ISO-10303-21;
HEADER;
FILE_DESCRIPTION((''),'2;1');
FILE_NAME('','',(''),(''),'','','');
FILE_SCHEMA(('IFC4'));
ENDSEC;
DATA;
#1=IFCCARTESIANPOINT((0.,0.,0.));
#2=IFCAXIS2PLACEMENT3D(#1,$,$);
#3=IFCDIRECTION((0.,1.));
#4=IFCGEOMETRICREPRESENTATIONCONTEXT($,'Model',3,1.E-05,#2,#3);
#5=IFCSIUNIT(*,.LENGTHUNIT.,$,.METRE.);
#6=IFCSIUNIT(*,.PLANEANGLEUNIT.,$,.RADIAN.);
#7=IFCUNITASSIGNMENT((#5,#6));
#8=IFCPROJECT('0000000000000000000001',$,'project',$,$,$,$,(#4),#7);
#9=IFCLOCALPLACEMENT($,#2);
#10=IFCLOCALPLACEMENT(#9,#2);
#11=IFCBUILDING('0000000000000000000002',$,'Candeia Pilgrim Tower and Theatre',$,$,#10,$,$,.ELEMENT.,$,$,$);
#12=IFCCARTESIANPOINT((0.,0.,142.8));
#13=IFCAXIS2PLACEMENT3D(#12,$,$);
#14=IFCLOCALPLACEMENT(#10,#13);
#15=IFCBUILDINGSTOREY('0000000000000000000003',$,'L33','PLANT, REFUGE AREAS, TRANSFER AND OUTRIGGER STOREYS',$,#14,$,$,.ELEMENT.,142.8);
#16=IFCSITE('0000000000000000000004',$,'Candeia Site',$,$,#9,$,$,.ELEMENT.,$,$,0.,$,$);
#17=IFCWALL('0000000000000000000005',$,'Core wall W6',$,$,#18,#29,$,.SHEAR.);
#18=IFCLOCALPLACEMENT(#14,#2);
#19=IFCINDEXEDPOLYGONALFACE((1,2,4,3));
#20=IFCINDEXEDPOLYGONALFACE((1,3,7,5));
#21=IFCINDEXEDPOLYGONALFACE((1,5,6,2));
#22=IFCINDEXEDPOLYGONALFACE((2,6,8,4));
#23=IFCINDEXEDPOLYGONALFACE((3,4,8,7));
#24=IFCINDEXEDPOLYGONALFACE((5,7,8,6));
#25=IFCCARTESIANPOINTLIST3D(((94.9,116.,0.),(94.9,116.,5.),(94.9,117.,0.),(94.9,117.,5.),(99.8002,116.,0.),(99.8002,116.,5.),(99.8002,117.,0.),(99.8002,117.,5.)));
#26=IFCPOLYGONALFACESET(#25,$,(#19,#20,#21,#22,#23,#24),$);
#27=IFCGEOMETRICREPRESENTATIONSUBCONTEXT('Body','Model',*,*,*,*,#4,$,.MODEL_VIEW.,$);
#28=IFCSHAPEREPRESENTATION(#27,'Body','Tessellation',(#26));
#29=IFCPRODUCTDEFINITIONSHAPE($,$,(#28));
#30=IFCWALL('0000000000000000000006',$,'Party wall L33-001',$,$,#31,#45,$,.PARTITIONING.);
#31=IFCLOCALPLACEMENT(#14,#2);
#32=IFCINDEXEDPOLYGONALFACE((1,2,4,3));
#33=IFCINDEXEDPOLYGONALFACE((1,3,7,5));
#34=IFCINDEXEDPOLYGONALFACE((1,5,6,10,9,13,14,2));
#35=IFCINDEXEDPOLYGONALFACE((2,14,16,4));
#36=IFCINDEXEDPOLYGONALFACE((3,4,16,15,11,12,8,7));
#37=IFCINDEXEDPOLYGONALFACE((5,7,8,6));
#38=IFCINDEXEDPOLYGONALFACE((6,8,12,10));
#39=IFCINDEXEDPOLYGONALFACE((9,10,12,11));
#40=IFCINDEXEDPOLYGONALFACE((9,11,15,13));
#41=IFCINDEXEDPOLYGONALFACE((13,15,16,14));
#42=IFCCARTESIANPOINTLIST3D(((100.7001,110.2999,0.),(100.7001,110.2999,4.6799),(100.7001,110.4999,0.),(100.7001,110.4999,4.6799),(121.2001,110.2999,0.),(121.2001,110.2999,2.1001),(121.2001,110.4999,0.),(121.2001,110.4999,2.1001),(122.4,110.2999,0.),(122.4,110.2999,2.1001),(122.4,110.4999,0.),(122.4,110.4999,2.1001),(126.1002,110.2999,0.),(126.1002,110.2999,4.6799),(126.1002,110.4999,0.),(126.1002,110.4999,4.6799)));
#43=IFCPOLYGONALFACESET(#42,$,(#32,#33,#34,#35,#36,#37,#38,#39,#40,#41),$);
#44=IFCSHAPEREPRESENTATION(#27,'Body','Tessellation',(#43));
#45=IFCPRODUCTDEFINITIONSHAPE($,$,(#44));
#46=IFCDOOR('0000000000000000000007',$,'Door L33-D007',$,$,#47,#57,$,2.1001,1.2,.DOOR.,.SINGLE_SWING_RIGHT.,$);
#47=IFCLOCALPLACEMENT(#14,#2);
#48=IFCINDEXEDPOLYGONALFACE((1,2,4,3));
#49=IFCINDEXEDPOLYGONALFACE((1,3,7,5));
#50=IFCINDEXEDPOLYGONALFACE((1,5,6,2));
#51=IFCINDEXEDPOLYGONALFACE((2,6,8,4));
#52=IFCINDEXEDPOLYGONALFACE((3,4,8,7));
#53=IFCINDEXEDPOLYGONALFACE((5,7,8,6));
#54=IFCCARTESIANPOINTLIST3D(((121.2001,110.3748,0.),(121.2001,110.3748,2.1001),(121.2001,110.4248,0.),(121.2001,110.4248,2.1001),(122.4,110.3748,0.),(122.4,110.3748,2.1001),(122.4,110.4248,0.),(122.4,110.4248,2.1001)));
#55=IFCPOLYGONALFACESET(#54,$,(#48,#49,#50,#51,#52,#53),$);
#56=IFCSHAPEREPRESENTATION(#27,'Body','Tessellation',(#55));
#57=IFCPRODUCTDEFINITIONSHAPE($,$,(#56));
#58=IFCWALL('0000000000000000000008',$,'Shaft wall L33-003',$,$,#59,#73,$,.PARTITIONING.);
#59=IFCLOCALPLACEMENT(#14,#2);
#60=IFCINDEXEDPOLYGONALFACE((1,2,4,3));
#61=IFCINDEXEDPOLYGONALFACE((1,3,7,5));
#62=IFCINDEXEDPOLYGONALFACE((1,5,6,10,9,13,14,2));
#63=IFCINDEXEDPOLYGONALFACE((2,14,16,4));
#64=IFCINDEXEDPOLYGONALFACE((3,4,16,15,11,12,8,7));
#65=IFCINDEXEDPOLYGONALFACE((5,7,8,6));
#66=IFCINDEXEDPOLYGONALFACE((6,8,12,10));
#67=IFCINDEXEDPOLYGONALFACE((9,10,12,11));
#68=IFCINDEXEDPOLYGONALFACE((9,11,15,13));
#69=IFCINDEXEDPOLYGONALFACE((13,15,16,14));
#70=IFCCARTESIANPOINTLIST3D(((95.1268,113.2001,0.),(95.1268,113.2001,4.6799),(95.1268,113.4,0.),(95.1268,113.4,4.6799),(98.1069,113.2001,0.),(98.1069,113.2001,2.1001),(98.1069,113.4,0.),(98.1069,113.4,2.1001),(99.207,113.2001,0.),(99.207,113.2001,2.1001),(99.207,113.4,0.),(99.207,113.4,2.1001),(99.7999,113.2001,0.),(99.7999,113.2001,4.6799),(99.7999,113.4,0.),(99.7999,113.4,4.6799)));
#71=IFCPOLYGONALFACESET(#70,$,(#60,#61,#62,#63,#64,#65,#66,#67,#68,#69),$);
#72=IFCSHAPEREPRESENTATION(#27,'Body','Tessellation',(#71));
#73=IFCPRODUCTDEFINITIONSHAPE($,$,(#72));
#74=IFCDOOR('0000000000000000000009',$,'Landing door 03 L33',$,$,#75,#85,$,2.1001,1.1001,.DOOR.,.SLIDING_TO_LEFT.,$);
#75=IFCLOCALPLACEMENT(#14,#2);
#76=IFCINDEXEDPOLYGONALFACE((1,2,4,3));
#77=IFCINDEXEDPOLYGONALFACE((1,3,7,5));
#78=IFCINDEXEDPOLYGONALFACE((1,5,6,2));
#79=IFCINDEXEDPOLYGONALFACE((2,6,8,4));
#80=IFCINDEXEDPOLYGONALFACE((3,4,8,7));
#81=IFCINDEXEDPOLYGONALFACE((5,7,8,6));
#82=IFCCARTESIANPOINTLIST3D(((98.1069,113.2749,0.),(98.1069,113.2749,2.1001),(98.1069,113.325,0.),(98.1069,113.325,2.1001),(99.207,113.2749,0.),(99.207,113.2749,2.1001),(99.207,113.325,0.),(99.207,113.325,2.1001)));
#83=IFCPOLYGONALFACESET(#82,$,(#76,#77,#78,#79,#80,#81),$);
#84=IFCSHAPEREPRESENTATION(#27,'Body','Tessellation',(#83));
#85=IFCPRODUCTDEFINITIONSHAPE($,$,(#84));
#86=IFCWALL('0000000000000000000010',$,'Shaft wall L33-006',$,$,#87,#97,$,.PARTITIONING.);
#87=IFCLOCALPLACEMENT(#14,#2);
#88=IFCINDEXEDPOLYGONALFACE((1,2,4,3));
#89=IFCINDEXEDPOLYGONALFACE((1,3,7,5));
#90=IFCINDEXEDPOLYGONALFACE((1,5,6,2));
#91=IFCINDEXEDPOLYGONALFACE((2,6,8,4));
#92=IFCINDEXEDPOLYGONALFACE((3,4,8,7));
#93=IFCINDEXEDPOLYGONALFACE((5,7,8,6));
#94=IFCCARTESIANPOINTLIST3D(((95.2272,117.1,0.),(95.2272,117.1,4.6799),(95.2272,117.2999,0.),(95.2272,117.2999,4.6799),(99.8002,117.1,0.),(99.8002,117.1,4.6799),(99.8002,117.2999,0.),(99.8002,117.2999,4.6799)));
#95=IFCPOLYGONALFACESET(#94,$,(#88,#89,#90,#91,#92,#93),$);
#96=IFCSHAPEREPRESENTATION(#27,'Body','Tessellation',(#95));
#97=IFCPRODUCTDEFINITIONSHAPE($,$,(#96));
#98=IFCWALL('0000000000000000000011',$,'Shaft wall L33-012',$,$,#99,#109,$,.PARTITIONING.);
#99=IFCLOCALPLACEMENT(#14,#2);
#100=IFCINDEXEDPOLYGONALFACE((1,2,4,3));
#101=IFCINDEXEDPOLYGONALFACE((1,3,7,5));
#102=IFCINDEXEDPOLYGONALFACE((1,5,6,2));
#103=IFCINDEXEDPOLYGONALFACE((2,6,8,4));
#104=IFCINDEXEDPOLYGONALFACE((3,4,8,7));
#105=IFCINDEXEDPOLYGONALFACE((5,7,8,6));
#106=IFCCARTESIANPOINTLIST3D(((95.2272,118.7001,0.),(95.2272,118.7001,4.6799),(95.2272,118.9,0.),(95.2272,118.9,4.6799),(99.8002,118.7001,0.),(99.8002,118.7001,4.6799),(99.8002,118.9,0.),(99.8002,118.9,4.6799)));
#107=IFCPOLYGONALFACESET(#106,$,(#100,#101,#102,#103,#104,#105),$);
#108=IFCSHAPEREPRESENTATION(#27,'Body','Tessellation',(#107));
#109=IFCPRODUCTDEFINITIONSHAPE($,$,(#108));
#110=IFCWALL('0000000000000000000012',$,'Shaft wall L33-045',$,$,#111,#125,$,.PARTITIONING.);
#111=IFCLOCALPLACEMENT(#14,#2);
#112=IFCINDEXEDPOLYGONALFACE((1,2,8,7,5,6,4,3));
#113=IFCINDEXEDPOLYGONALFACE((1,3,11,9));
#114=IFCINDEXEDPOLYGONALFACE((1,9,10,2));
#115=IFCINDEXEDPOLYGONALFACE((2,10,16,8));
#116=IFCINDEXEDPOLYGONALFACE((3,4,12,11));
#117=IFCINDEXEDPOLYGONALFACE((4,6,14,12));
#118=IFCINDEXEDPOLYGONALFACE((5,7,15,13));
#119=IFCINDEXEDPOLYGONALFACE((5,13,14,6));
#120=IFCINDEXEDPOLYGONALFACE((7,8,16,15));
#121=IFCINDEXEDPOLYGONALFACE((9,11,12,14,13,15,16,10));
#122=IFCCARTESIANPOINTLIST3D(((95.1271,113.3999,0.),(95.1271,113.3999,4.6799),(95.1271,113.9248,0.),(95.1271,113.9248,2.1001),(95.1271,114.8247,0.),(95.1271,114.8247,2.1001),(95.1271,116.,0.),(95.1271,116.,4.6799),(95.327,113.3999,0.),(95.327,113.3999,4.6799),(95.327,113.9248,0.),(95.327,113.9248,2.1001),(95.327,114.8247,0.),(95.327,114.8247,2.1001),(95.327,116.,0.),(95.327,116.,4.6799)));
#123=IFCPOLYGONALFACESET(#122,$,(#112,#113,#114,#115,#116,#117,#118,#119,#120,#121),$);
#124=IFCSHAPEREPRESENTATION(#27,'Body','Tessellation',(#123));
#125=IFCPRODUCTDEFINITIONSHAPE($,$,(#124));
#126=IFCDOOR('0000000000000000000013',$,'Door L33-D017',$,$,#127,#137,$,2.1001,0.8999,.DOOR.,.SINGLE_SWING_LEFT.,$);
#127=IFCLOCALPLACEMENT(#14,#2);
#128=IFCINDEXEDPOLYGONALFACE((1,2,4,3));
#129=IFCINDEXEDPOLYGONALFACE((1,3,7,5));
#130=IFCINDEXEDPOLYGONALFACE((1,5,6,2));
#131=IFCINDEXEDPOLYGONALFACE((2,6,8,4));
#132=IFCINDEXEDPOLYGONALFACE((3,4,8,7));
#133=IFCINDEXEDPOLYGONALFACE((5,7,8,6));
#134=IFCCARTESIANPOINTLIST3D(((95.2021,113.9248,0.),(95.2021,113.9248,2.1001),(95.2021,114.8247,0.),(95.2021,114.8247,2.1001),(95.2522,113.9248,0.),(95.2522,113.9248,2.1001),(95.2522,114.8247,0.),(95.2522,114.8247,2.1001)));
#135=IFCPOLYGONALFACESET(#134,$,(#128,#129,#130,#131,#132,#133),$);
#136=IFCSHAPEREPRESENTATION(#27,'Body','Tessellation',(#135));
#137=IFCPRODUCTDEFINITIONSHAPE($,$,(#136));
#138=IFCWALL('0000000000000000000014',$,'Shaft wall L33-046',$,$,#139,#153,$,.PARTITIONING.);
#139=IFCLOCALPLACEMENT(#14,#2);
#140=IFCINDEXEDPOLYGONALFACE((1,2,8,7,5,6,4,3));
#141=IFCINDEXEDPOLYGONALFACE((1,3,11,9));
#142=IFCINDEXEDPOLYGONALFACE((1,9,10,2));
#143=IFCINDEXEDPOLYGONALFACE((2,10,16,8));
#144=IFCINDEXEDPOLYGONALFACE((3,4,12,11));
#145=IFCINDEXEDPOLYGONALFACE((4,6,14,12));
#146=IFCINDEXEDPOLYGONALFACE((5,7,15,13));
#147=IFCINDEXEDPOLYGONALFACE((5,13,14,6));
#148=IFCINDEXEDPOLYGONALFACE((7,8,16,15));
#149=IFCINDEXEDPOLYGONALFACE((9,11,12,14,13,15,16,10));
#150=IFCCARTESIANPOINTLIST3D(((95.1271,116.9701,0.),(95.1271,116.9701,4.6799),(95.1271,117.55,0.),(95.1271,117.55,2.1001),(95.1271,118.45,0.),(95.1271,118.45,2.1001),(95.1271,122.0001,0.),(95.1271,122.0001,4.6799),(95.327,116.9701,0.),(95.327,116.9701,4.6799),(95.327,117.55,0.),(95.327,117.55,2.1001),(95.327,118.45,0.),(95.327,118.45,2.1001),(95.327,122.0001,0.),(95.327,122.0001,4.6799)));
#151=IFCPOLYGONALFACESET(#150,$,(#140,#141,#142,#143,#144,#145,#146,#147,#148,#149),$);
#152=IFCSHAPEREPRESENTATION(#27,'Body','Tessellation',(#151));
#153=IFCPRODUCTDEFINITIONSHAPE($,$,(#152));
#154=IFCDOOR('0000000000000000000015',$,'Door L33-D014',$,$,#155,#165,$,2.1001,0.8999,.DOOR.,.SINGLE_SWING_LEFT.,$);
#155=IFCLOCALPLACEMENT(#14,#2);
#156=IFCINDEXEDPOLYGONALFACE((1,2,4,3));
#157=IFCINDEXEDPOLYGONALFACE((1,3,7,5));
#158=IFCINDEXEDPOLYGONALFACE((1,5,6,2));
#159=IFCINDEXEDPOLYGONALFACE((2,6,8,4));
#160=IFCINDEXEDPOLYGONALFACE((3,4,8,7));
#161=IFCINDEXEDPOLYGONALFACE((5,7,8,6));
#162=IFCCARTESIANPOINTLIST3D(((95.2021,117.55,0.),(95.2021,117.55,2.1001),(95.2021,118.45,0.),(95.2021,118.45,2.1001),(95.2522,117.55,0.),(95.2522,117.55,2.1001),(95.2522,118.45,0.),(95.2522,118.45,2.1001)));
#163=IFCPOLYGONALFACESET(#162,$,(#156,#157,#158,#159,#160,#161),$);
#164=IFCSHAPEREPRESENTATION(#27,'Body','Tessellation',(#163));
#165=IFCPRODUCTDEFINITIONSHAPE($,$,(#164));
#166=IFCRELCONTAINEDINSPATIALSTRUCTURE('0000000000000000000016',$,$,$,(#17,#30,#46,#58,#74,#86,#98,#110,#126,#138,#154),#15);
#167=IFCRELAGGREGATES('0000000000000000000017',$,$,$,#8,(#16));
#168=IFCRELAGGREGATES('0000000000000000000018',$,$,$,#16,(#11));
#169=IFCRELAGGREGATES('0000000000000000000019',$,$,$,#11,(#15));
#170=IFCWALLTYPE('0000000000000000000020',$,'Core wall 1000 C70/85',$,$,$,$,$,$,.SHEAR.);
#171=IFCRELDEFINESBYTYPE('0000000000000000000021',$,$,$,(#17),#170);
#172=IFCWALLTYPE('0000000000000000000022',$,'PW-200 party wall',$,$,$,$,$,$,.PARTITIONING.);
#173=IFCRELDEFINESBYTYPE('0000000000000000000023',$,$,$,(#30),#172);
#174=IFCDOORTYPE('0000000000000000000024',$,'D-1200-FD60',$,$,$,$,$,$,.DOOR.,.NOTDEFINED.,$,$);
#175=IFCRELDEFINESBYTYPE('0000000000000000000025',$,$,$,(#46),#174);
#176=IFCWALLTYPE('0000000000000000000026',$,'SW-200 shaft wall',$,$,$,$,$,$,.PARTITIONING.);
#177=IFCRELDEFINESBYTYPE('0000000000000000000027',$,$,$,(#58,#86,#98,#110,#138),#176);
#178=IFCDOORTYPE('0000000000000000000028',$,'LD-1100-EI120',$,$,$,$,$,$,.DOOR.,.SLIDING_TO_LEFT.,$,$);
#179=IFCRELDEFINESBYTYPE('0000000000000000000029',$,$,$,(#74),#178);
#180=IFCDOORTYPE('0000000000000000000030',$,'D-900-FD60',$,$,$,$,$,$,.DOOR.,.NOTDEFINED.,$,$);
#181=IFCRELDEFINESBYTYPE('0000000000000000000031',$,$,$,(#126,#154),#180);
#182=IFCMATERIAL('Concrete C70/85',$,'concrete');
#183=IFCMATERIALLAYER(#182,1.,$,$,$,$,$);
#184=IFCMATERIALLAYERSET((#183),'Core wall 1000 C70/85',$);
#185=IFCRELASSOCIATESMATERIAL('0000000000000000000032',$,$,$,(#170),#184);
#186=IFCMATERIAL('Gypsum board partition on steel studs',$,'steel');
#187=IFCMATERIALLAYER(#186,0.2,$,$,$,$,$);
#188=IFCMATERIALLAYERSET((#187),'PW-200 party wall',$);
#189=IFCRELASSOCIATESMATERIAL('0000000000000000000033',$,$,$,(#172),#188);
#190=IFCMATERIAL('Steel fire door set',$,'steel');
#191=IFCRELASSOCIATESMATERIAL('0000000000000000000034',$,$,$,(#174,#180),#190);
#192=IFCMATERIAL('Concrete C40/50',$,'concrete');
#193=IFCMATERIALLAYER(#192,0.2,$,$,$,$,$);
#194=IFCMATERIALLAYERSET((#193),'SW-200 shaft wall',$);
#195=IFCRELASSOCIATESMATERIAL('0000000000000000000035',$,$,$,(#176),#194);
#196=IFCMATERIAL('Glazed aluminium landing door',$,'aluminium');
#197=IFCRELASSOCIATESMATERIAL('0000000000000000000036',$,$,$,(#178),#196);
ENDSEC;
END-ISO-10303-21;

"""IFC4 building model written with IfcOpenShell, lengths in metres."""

from ifc_helpers import new_model, si_unit, direction, frame, frame_2d, origin, place, context, subcontext, project, spatial, rectangle, extrude, material, layer, layer_set, type_object, element, fill, save


model = new_model("IFC4")

# Units and contexts
model_context = context("Model", 3, precision=1e-05, world=origin(), true_north=direction((0.0, 1.0)))
body_context = subcontext(model_context, "Body", "Model", "MODEL_VIEW")
ifc_project = project(units=[si_unit("LENGTHUNIT", "METRE"), si_unit("PLANEANGLEUNIT", "RADIAN")], contexts=[model_context])

# Site, building, storey
site_placement = place(None, origin())
site = spatial("IfcSite", under=ifc_project, at=site_placement, Name="Candeia Site", CompositionType="ELEMENT", RefElevation=0.0)
building_placement = place(site_placement, origin())
building = spatial("IfcBuilding", under=site, at=building_placement, Name="Candeia Pilgrim Tower and Theatre", CompositionType="ELEMENT")
storey_placement = place(building_placement, frame((0.0, 0.0, 142.8)))
storey = spatial("IfcBuildingStorey", under=building, at=storey_placement, Name="L33", Description="PLANT, REFUGE AREAS, TRANSFER AND OUTRIGGER STOREYS", CompositionType="ELEMENT", Elevation=142.8)

# Shared definitions
ifc_material_1 = material(Name="Concrete C70/85", Category="concrete")

# Shared definitions
ifc_layer_1 = layer(ifc_material_1, 1.0)
ifc_layer_set_1 = layer_set([ifc_layer_1], Name="Core wall 1000 C70/85")
wall_type_1 = type_object("IfcWallType", Name="Core wall 1000 C70/85", PredefinedType="SHEAR", material=ifc_layer_set_1)
ifc_material_2 = material(Name="Steel fire door set", Category="steel")

# Wall
wall_1_placement = place(storey_placement, frame((94.8999, 116.5, 0.0), z_axis=(0.0, 0.0, 1.0), x_axis=(1.0, 0.0, 0.0)))
element("IfcWall", 1, at=wall_1_placement, inside=storey, type_object=wall_type_1, Name="Core wall W6", PredefinedType="SHEAR", context=body_context, shape_type="SweptSolid", body=[
    extrude(rectangle(XDim=4.9001, YDim=1.0, at=frame_2d((2.4502, 0.0))), origin(), (0.0, 0.0, 1.0), 5.0),
])

# Walls, openings, doors
ifc_material_3 = material(Name="Gypsum board partition on steel studs", Category="steel")
ifc_layer_2 = layer(ifc_material_3, 0.2)
ifc_layer_set_2 = layer_set([ifc_layer_2], Name="PW-200 party wall")
wall_type_2 = type_object("IfcWallType", Name="PW-200 party wall", PredefinedType="PARTITIONING", material=ifc_layer_set_2)
wall_2_placement = place(storey_placement, frame((100.7, 110.3999, 0.0), z_axis=(0.0, 0.0, 1.0), x_axis=(1.0, 0.0, 0.0)))
wall_2 = element("IfcWall", 2, at=wall_2_placement, inside=storey, type_object=wall_type_2, Name="Party wall L33-001", PredefinedType="PARTITIONING", context=body_context, shape_type="SweptSolid", body=[
    extrude(rectangle(XDim=25.4001, YDim=0.2, at=frame_2d((12.7002, 0.0))), origin(), (0.0, 0.0, 1.0), 4.6799),
])
opening_1_placement = place(wall_2_placement, frame((20.5, 0.0, 0.0)))
opening_1 = element("IfcOpeningElement", 3, at=opening_1_placement, cuts=wall_2, PredefinedType="OPENING", context=body_context, shape_type="SweptSolid", body=[
    extrude(rectangle(XDim=1.2, YDim=2.1001, at=frame_2d((0.6001, 1.05))), frame((0.0, 0.1099, 0.0), z_axis=(0.0, -1.0, 0.0), x_axis=(1.0, 0.0, 0.0)), (0.0, 0.0, 1.0), 0.22),
])
door_type_1 = type_object("IfcDoorType", Name="D-1200-FD60", OperationType="NOTDEFINED", PredefinedType="DOOR", material=ifc_material_2)
door_1_placement = place(opening_1_placement, origin())
door_1 = element("IfcDoor", 4, at=door_1_placement, inside=storey, type_object=door_type_1, Name="Door L33-D007", OperationType="SINGLE_SWING_RIGHT", OverallHeight=2.1001, OverallWidth=1.2, PredefinedType="DOOR", context=body_context, shape_type="SweptSolid", body=[
    extrude(rectangle(XDim=1.2, YDim=2.1001, at=frame_2d((0.6001, 1.05))), frame((0.0, 0.0249, 0.0), z_axis=(0.0, -1.0, 0.0), x_axis=(1.0, 0.0, 0.0)), (0.0, 0.0, 1.0), 0.05),
])
fill(opening_1, door_1)
ifc_material_4 = material(Name="Concrete C40/50", Category="concrete")
ifc_layer_3 = layer(ifc_material_4, 0.2)
ifc_layer_set_3 = layer_set([ifc_layer_3], Name="SW-200 shaft wall")
wall_type_3 = type_object("IfcWallType", Name="SW-200 shaft wall", PredefinedType="PARTITIONING", material=ifc_layer_set_3)
wall_3_placement = place(storey_placement, frame((95.127, 113.3, 0.0), z_axis=(0.0, 0.0, 1.0), x_axis=(1.0, 0.0, 0.0)))
wall_3 = element("IfcWall", 5, at=wall_3_placement, inside=storey, type_object=wall_type_3, Name="Shaft wall L33-003", PredefinedType="PARTITIONING", context=body_context, shape_type="SweptSolid", body=[
    extrude(rectangle(XDim=4.6731, YDim=0.2, at=frame_2d((2.3364, 0.0))), origin(), (0.0, 0.0, 1.0), 4.6799),
])
opening_2_placement = place(wall_3_placement, frame((2.98, 0.0, 0.0)))
opening_2 = element("IfcOpeningElement", 6, at=opening_2_placement, cuts=wall_3, PredefinedType="OPENING", context=body_context, shape_type="SweptSolid", body=[
    extrude(rectangle(XDim=1.1001, YDim=2.1001, at=frame_2d((0.55, 1.05))), frame((0.0, 0.1099, 0.0), z_axis=(0.0, -1.0, 0.0), x_axis=(1.0, 0.0, 0.0)), (0.0, 0.0, 1.0), 0.22),
])
ifc_material_5 = material(Name="Glazed aluminium landing door", Category="aluminium")
door_type_2 = type_object("IfcDoorType", Name="LD-1100-EI120", OperationType="SLIDING_TO_LEFT", PredefinedType="DOOR", material=ifc_material_5)
door_2_placement = place(opening_2_placement, origin())
door_2 = element("IfcDoor", 7, at=door_2_placement, inside=storey, type_object=door_type_2, Name="Landing door 03 L33", OperationType="SLIDING_TO_LEFT", OverallHeight=2.1001, OverallWidth=1.1001, PredefinedType="DOOR", context=body_context, shape_type="SweptSolid", body=[
    extrude(rectangle(XDim=1.1001, YDim=2.1001, at=frame_2d((0.55, 1.05))), frame((0.0, 0.0249, 0.0), z_axis=(0.0, -1.0, 0.0), x_axis=(1.0, 0.0, 0.0)), (0.0, 0.0, 1.0), 0.05),
])
fill(opening_2, door_2)

# Walls
for number, where, z_axis, x_axis, name in (
    (8, (95.2271, 117.2, 0.0), (0.0, 0.0, 1.0), (1.0, 0.0, 0.0), "Shaft wall L33-006"),
    (9, (95.2271, 118.8, 0.0), (0.0, 0.0, 1.0), (1.0, 0.0, 0.0), "Shaft wall L33-012"),
):
    element("IfcWall", number, at=place(storey_placement, frame(where, z_axis=z_axis, x_axis=x_axis)), inside=storey, type_object=wall_type_3, Name=name, PredefinedType="PARTITIONING", context=body_context, shape_type="SweptSolid", body=[
        extrude(rectangle(XDim=4.573, YDim=0.2, at=frame_2d((2.2866, 0.0))), origin(), (0.0, 0.0, 1.0), 4.6799),
    ])

# Walls, openings, doors
wall_4_placement = place(storey_placement, frame((95.2271, 113.3999, 0.0), z_axis=(0.0, 0.0, 1.0), x_axis=(0.0, 1.0, 0.0)))
wall_4 = element("IfcWall", 10, at=wall_4_placement, inside=storey, type_object=wall_type_3, Name="Shaft wall L33-045", PredefinedType="PARTITIONING", context=body_context, shape_type="SweptSolid", body=[
    extrude(rectangle(XDim=2.6001, YDim=0.2, at=frame_2d((1.3, 0.0))), origin(), (0.0, 0.0, 1.0), 4.6799),
])
opening_3_placement = place(wall_4_placement, frame((0.5249, 0.0, 0.0)))
opening_3 = element("IfcOpeningElement", 11, at=opening_3_placement, cuts=wall_4, PredefinedType="OPENING", context=body_context, shape_type="SweptSolid", body=[
    extrude(rectangle(XDim=0.8999, YDim=2.1001, at=frame_2d((0.45, 1.05))), frame((0.0, 0.1099, 0.0), z_axis=(0.0, -1.0, 0.0), x_axis=(1.0, 0.0, 0.0)), (0.0, 0.0, 1.0), 0.22),
])
door_type_3 = type_object("IfcDoorType", Name="D-900-FD60", OperationType="NOTDEFINED", PredefinedType="DOOR", material=ifc_material_2)
door_3_placement = place(opening_3_placement, origin())
door_3 = element("IfcDoor", 12, at=door_3_placement, inside=storey, type_object=door_type_3, Name="Door L33-D017", OperationType="SINGLE_SWING_LEFT", OverallHeight=2.1001, OverallWidth=0.8999, PredefinedType="DOOR", context=body_context, shape_type="SweptSolid", body=[
    extrude(rectangle(XDim=0.8999, YDim=2.1001, at=frame_2d((0.45, 1.05))), frame((0.0, 0.0249, 0.0), z_axis=(0.0, -1.0, 0.0), x_axis=(1.0, 0.0, 0.0)), (0.0, 0.0, 1.0), 0.05),
])
fill(opening_3, door_3)
wall_5_placement = place(storey_placement, frame((95.2271, 116.97, 0.0), z_axis=(0.0, 0.0, 1.0), x_axis=(0.0, 1.0, 0.0)))
wall_5 = element("IfcWall", 13, at=wall_5_placement, inside=storey, type_object=wall_type_3, Name="Shaft wall L33-046", PredefinedType="PARTITIONING", context=body_context, shape_type="SweptSolid", body=[
    extrude(rectangle(XDim=5.03, YDim=0.2, at=frame_2d((2.5151, 0.0))), origin(), (0.0, 0.0, 1.0), 4.6799),
])
opening_4_placement = place(wall_5_placement, frame((0.5801, 0.0, 0.0)))
opening_4 = element("IfcOpeningElement", 14, at=opening_4_placement, cuts=wall_5, PredefinedType="OPENING", context=body_context, shape_type="SweptSolid", body=[
    extrude(rectangle(XDim=0.8999, YDim=2.1001, at=frame_2d((0.45, 1.05))), frame((0.0, 0.1099, 0.0), z_axis=(0.0, -1.0, 0.0), x_axis=(1.0, 0.0, 0.0)), (0.0, 0.0, 1.0), 0.22),
])
door_4_placement = place(opening_4_placement, origin())
door_4 = element("IfcDoor", 15, at=door_4_placement, inside=storey, type_object=door_type_3, Name="Door L33-D014", OperationType="SINGLE_SWING_LEFT", OverallHeight=2.1001, OverallWidth=0.8999, PredefinedType="DOOR", context=body_context, shape_type="SweptSolid", body=[
    extrude(rectangle(XDim=0.8999, YDim=2.1001, at=frame_2d((0.45, 1.05))), frame((0.0, 0.0249, 0.0), z_axis=(0.0, -1.0, 0.0), x_axis=(1.0, 0.0, 0.0)), (0.0, 0.0, 1.0), 0.05),
])
fill(opening_4, door_4)

save(model, "model.ifc")
